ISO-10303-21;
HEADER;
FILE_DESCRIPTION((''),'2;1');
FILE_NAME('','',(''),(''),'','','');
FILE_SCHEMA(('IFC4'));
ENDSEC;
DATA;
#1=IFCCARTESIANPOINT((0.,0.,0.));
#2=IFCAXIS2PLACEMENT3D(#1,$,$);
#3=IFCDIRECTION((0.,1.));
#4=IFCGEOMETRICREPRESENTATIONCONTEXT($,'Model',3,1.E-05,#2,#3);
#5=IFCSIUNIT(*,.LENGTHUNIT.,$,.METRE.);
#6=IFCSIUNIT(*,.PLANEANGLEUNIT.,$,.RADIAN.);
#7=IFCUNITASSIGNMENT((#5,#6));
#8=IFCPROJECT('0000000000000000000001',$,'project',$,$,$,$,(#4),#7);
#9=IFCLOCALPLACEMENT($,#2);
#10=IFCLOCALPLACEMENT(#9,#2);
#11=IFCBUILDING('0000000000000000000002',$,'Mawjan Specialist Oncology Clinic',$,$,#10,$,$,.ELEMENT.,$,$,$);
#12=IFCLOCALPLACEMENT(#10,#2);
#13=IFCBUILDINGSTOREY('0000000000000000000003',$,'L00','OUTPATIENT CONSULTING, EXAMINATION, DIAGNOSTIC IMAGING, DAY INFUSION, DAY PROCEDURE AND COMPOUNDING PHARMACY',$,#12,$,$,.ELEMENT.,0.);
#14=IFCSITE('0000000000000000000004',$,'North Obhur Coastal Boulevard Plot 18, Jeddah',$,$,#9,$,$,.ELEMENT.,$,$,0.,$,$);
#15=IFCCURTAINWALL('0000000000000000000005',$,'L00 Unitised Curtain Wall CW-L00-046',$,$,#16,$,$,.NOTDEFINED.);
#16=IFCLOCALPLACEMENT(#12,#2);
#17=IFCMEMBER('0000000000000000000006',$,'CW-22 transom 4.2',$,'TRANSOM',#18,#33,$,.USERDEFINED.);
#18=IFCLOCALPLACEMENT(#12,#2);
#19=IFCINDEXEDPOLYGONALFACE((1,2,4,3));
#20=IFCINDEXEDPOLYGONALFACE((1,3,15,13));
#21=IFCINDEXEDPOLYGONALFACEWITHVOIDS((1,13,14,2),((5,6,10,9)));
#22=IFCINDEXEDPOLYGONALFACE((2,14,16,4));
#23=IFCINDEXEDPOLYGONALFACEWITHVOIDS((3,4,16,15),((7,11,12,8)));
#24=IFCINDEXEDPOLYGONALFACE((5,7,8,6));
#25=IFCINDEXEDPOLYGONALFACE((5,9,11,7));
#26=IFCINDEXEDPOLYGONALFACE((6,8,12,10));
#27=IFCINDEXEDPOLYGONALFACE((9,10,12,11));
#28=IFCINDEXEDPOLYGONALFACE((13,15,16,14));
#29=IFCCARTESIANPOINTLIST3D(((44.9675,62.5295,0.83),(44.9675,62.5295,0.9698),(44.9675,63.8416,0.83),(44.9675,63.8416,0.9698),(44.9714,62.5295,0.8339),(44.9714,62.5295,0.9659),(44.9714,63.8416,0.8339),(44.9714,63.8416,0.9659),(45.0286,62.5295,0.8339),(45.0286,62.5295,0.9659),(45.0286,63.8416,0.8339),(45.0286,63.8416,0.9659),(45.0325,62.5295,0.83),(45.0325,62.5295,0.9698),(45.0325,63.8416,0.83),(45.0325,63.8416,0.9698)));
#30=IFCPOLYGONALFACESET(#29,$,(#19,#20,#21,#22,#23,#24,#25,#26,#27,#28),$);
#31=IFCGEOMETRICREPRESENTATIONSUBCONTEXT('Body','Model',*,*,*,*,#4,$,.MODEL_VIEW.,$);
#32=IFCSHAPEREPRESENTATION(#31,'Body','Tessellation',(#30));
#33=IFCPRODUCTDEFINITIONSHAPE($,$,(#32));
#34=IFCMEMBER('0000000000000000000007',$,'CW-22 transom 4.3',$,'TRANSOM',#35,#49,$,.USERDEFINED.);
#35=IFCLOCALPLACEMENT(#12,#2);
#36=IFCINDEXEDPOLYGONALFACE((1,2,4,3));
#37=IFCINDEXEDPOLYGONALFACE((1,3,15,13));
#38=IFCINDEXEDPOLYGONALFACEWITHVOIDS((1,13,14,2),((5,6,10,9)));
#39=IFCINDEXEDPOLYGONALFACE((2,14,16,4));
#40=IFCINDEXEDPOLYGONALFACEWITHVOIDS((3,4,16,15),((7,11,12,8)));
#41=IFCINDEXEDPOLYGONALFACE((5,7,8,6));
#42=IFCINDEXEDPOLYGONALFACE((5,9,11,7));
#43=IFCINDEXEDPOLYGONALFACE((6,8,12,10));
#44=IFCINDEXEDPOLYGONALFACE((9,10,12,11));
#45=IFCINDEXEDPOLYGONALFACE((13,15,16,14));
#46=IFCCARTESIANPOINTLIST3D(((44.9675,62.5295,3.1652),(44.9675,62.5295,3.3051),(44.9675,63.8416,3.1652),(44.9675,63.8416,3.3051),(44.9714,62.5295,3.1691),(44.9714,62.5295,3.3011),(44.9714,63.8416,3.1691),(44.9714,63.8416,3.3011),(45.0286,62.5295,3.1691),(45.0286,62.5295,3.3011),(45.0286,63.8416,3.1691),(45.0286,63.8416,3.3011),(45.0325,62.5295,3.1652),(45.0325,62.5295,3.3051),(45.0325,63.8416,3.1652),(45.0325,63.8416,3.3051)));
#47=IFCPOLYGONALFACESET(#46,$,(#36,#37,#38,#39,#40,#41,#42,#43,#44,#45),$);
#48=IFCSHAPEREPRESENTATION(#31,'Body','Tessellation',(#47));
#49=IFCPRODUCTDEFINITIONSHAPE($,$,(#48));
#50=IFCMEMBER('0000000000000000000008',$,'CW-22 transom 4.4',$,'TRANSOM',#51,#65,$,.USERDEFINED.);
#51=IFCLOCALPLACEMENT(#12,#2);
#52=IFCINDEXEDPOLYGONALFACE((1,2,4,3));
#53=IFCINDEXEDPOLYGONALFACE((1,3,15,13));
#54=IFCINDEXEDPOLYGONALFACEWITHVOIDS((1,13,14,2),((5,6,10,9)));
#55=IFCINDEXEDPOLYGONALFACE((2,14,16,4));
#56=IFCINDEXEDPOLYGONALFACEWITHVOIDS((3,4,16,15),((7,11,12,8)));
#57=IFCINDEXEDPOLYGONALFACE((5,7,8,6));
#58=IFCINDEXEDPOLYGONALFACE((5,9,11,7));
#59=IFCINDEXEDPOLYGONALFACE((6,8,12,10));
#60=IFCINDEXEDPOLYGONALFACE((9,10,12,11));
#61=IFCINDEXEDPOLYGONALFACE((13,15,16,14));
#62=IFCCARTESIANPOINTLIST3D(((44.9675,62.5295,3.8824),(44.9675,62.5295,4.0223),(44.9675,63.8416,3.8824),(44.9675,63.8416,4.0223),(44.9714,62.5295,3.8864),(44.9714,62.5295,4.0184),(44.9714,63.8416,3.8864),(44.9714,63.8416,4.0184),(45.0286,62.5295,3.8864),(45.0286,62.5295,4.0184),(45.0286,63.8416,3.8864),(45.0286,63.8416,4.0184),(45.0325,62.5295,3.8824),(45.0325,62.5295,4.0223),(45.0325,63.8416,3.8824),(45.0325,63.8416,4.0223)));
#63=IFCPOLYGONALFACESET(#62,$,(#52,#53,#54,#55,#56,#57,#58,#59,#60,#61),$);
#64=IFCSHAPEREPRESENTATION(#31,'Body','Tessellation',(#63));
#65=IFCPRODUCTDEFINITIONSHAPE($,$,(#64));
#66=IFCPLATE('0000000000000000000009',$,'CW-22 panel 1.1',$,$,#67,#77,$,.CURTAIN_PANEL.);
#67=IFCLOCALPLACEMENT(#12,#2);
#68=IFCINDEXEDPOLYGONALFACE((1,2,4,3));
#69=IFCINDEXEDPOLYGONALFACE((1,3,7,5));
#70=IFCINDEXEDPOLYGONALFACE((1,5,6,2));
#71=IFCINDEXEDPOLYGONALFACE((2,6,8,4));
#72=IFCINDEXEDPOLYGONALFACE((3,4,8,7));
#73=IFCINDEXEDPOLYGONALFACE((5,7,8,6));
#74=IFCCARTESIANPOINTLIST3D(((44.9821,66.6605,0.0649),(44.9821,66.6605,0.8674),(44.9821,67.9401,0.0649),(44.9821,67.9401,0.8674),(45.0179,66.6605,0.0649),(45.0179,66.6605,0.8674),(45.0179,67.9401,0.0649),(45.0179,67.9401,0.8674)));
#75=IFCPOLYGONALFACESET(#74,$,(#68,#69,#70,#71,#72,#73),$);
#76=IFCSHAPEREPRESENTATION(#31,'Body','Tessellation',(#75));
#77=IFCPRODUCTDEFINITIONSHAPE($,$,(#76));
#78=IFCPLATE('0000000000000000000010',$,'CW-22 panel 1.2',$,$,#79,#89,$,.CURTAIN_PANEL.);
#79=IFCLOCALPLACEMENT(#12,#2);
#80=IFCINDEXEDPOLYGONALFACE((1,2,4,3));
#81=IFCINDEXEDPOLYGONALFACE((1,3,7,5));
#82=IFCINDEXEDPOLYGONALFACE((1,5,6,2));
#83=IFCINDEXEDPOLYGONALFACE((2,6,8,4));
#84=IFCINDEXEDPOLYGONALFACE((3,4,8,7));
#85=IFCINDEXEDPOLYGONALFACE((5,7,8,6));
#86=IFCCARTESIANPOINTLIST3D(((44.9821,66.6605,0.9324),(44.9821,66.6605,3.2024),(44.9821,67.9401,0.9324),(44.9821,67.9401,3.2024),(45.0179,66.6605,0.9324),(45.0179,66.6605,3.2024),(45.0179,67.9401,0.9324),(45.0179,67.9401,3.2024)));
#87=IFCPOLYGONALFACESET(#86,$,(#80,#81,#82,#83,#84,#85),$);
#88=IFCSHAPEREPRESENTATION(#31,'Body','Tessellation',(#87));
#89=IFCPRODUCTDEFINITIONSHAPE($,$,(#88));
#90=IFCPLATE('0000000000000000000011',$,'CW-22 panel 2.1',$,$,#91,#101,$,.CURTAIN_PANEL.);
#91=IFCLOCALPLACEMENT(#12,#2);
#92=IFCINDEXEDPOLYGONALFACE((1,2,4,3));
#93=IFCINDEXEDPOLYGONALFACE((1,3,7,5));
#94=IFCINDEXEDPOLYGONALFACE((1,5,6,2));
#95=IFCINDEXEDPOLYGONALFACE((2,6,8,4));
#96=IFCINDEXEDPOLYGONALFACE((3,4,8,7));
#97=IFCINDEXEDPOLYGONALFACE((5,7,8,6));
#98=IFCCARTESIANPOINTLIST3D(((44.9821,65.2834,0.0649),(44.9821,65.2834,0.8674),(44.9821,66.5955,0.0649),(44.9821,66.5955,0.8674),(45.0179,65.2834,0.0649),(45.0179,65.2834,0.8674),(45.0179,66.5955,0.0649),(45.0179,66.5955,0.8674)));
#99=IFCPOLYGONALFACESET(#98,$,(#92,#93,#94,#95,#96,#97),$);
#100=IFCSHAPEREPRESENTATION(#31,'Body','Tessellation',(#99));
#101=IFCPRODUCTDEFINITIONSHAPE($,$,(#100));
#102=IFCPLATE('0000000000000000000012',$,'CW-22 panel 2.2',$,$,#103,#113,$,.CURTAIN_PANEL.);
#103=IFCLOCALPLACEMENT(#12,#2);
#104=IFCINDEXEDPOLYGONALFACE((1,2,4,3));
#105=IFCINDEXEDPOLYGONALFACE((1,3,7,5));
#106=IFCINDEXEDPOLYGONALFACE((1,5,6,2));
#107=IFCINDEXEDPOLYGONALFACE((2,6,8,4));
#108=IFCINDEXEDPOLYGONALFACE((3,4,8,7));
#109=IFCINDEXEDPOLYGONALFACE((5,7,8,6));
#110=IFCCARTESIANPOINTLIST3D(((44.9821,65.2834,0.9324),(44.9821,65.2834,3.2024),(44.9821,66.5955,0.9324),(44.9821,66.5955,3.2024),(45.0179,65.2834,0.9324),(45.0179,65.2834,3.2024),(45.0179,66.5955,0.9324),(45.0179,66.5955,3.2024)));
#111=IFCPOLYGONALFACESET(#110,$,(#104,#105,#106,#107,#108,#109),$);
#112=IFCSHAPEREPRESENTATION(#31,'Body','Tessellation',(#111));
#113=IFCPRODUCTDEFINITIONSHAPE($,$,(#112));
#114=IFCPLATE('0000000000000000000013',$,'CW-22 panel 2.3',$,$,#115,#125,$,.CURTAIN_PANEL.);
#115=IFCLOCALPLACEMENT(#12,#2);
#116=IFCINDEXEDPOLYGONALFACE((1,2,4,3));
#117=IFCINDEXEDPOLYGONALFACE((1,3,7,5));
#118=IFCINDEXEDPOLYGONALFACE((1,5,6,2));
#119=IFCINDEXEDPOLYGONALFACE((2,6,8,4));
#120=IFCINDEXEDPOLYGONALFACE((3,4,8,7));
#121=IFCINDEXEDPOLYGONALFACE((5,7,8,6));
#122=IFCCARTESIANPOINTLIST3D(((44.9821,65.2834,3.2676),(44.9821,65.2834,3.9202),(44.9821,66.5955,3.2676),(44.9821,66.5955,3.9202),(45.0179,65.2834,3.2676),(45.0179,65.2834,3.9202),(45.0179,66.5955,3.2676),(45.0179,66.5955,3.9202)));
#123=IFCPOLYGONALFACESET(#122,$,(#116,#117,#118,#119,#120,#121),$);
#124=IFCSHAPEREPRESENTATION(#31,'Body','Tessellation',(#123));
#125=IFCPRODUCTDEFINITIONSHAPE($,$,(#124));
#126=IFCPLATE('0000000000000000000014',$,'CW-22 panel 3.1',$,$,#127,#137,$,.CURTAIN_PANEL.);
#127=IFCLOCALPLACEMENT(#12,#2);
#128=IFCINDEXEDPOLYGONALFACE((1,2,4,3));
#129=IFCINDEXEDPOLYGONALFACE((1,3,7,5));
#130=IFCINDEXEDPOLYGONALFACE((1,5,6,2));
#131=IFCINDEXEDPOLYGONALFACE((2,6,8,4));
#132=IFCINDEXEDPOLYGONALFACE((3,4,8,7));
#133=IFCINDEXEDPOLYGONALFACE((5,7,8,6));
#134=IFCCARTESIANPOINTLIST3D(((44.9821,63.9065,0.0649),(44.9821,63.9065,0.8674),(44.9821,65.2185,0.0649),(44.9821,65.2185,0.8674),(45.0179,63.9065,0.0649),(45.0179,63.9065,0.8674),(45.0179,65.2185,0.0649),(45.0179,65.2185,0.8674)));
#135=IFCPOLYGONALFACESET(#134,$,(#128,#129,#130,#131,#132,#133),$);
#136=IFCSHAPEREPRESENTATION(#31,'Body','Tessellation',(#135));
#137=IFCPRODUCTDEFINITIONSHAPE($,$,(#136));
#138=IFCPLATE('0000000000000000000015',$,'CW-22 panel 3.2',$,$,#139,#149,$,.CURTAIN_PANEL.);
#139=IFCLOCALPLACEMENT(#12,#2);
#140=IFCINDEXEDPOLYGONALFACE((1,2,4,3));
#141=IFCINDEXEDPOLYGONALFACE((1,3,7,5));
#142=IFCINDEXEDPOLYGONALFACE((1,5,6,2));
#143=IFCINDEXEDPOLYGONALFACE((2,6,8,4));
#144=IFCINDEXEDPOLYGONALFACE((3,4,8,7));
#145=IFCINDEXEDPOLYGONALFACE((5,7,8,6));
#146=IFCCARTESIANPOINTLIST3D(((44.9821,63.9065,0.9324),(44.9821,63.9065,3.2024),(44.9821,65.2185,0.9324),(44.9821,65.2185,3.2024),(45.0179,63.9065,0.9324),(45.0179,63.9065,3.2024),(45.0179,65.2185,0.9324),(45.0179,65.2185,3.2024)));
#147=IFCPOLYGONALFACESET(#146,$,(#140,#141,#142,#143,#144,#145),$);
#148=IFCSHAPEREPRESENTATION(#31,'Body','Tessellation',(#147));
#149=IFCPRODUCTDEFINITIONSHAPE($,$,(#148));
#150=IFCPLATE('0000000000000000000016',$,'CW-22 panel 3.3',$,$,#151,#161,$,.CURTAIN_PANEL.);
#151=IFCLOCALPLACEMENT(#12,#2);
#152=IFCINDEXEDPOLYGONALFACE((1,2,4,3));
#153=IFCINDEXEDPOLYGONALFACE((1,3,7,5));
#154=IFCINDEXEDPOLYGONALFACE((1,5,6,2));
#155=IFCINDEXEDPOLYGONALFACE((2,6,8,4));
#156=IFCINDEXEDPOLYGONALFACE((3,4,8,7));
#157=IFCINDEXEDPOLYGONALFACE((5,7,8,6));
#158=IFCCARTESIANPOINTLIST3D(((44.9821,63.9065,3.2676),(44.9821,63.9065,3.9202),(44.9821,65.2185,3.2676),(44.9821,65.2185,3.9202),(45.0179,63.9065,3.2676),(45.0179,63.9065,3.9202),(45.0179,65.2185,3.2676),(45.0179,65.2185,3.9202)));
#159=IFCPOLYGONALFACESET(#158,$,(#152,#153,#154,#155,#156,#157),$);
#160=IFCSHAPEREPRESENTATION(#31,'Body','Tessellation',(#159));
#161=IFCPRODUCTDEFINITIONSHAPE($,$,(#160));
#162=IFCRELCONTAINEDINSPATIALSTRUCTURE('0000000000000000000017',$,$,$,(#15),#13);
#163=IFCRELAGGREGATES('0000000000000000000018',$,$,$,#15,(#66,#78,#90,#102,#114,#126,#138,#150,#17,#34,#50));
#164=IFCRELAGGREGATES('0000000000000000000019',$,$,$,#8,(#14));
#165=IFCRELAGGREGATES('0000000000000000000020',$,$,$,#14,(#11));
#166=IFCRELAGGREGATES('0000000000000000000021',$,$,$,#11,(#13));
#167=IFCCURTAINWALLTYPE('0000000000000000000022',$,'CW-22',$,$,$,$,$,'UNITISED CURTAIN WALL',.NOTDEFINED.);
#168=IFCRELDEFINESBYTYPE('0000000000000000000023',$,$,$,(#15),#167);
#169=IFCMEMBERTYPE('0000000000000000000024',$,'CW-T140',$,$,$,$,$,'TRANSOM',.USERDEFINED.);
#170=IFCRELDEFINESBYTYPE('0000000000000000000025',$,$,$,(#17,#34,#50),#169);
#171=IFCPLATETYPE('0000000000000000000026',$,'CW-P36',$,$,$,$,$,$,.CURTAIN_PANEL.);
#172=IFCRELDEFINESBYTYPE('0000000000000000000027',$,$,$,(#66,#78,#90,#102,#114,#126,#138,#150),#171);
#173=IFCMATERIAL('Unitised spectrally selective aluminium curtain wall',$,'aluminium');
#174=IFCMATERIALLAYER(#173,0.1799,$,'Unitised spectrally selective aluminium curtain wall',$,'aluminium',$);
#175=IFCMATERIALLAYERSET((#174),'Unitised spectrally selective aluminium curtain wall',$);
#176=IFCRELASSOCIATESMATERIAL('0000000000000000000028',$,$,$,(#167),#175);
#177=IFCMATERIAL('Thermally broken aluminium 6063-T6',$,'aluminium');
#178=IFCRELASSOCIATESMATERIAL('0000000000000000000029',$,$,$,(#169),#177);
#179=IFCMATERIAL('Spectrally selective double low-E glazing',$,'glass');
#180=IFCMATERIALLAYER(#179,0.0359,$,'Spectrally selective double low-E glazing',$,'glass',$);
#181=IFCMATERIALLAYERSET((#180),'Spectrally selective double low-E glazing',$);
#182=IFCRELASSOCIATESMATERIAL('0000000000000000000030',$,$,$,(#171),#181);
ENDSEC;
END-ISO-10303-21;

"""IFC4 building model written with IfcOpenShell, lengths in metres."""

from ifc_helpers import new_model, si_unit, direction, frame, origin, origin_2d, place, context, subcontext, project, spatial, rectangle, hollow_rectangle, extrude, material, layer, layer_set, material_profile, profile_set, type_object, element, aggregate, save


model = new_model("IFC4")

# Units and contexts
model_context = context("Model", 3, precision=1e-05, world=origin(), true_north=direction((0.0, 1.0)))
body_context = subcontext(model_context, "Body", "Model", "MODEL_VIEW")
ifc_project = project(units=[si_unit("LENGTHUNIT", "METRE"), si_unit("PLANEANGLEUNIT", "RADIAN")], contexts=[model_context])

# Site, building, storey
site_placement = place(None, origin())
site = spatial("IfcSite", under=ifc_project, at=site_placement, Name="North Obhur Coastal Boulevard Plot 18, Jeddah", CompositionType="ELEMENT", RefElevation=0.0)
building_placement = place(site_placement, origin())
building = spatial("IfcBuilding", under=site, at=building_placement, Name="Mawjan Specialist Oncology Clinic", CompositionType="ELEMENT")
storey_placement = place(building_placement, origin())
storey = spatial("IfcBuildingStorey", under=building, at=storey_placement, Name="L00", Description="OUTPATIENT CONSULTING, EXAMINATION, DIAGNOSTIC IMAGING, DAY INFUSION, DAY PROCEDURE AND COMPOUNDING PHARMACY", CompositionType="ELEMENT", Elevation=0.0)

# Curtain wall, members, plates
ifc_material_1 = material(Name="Unitised spectrally selective aluminium curtain wall", Category="aluminium")
ifc_layer_1 = layer(ifc_material_1, 0.1799, Name="Unitised spectrally selective aluminium curtain wall", Category="aluminium")
ifc_layer_set_1 = layer_set([ifc_layer_1], Name="Unitised spectrally selective aluminium curtain wall")
curtain_wall_type = type_object("IfcCurtainWallType", Name="CW-22", ElementType="UNITISED CURTAIN WALL", PredefinedType="NOTDEFINED", material=ifc_layer_set_1)
curtain_wall_placement = place(storey_placement, origin())
curtain_wall = element("IfcCurtainWall", 1, at=curtain_wall_placement, inside=storey, type_object=curtain_wall_type, Name="L00 Unitised Curtain Wall CW-L00-046", PredefinedType="NOTDEFINED")
ifc_material_2 = material(Name="Thermally broken aluminium 6063-T6", Category="aluminium")
ifc_material_profile_1 = material_profile(ifc_material_2, hollow_rectangle(XDim=0.0649, YDim=0.1399, WallThickness=0.0039, at=origin_2d()), Name="ALU TRANSOM 140x65x4", Category="aluminium")
ifc_profile_set_1 = profile_set([ifc_material_profile_1], Name="Thermally broken aluminium 6063-T6")
member_type_1 = type_object("IfcMemberType", Name="CW-T140", ElementType="TRANSOM", PredefinedType="USERDEFINED", material=ifc_profile_set_1)
member_1_placement = place(storey_placement, frame((45.0, 63.8416, 0.8999), z_axis=(0.0, -1.0, 0.0), x_axis=(1.0, 0.0, 0.0)))
member_1 = element("IfcMember", 2, at=member_1_placement, type_object=member_type_1, Name="CW-22 transom 4.2", ObjectType="TRANSOM", PredefinedType="USERDEFINED", context=body_context, shape_type="SweptSolid", body=[
    extrude(hollow_rectangle(XDim=0.0649, YDim=0.1399, WallThickness=0.0039, at=origin_2d()), origin(), (0.0, 0.0, 1.0), 1.312),
])
member_2_placement = place(storey_placement, frame((45.0, 63.8416, 3.2351), z_axis=(0.0, -1.0, 0.0), x_axis=(1.0, 0.0, 0.0)))
member_2 = element("IfcMember", 3, at=member_2_placement, type_object=member_type_1, Name="CW-22 transom 4.3", ObjectType="TRANSOM", PredefinedType="USERDEFINED", context=body_context, shape_type="SweptSolid", body=[
    extrude(hollow_rectangle(XDim=0.0649, YDim=0.1399, WallThickness=0.0039, at=origin_2d()), origin(), (0.0, 0.0, 1.0), 1.312),
])
member_3_placement = place(storey_placement, frame((45.0, 63.8416, 3.9524), z_axis=(0.0, -1.0, 0.0), x_axis=(1.0, 0.0, 0.0)))
member_3 = element("IfcMember", 4, at=member_3_placement, type_object=member_type_1, Name="CW-22 transom 4.4", ObjectType="TRANSOM", PredefinedType="USERDEFINED", context=body_context, shape_type="SweptSolid", body=[
    extrude(hollow_rectangle(XDim=0.0649, YDim=0.1399, WallThickness=0.0039, at=origin_2d()), origin(), (0.0, 0.0, 1.0), 1.312),
])
ifc_material_3 = material(Name="Spectrally selective double low-E glazing", Category="glass")
ifc_layer_2 = layer(ifc_material_3, 0.0359, Name="Spectrally selective double low-E glazing", Category="glass")
ifc_layer_set_2 = layer_set([ifc_layer_2], Name="Spectrally selective double low-E glazing")
plate_type = type_object("IfcPlateType", Name="CW-P36", PredefinedType="CURTAIN_PANEL", material=ifc_layer_set_2)
plate_1_placement = place(storey_placement, frame((45.0, 67.3003, 0.0649), z_axis=(0.0, 0.0, 1.0), x_axis=(0.0, -1.0, 0.0)))
plate_1 = element("IfcPlate", 5, at=plate_1_placement, type_object=plate_type, Name="CW-22 panel 1.1", PredefinedType="CURTAIN_PANEL", context=body_context, shape_type="SweptSolid", body=[
    extrude(rectangle(XDim=1.2795, YDim=0.0359, at=origin_2d()), origin(), (0.0, 0.0, 1.0), 0.8025),
])
plate_2_placement = place(storey_placement, frame((45.0, 67.3003, 0.9324), z_axis=(0.0, 0.0, 1.0), x_axis=(0.0, -1.0, 0.0)))
plate_2 = element("IfcPlate", 6, at=plate_2_placement, type_object=plate_type, Name="CW-22 panel 1.2", PredefinedType="CURTAIN_PANEL", context=body_context, shape_type="SweptSolid", body=[
    extrude(rectangle(XDim=1.2795, YDim=0.0359, at=origin_2d()), origin(), (0.0, 0.0, 1.0), 2.27),
])
plate_3_placement = place(storey_placement, frame((45.0, 65.9395, 0.0649), z_axis=(0.0, 0.0, 1.0), x_axis=(0.0, -1.0, 0.0)))
plate_3 = element("IfcPlate", 7, at=plate_3_placement, type_object=plate_type, Name="CW-22 panel 2.1", PredefinedType="CURTAIN_PANEL", context=body_context, shape_type="SweptSolid", body=[
    extrude(rectangle(XDim=1.312, YDim=0.0359, at=origin_2d()), origin(), (0.0, 0.0, 1.0), 0.8025),
])
plate_4_placement = place(storey_placement, frame((45.0, 65.9395, 0.9324), z_axis=(0.0, 0.0, 1.0), x_axis=(0.0, -1.0, 0.0)))
plate_4 = element("IfcPlate", 8, at=plate_4_placement, type_object=plate_type, Name="CW-22 panel 2.2", PredefinedType="CURTAIN_PANEL", context=body_context, shape_type="SweptSolid", body=[
    extrude(rectangle(XDim=1.312, YDim=0.0359, at=origin_2d()), origin(), (0.0, 0.0, 1.0), 2.27),
])
plate_5_placement = place(storey_placement, frame((45.0, 65.9395, 3.2676), z_axis=(0.0, 0.0, 1.0), x_axis=(0.0, -1.0, 0.0)))
plate_5 = element("IfcPlate", 9, at=plate_5_placement, type_object=plate_type, Name="CW-22 panel 2.3", PredefinedType="CURTAIN_PANEL", context=body_context, shape_type="SweptSolid", body=[
    extrude(rectangle(XDim=1.312, YDim=0.0359, at=origin_2d()), origin(), (0.0, 0.0, 1.0), 0.6526),
])
plate_6_placement = place(storey_placement, frame((45.0, 64.5625, 0.0649), z_axis=(0.0, 0.0, 1.0), x_axis=(0.0, -1.0, 0.0)))
plate_6 = element("IfcPlate", 10, at=plate_6_placement, type_object=plate_type, Name="CW-22 panel 3.1", PredefinedType="CURTAIN_PANEL", context=body_context, shape_type="SweptSolid", body=[
    extrude(rectangle(XDim=1.312, YDim=0.0359, at=origin_2d()), origin(), (0.0, 0.0, 1.0), 0.8025),
])
plate_7_placement = place(storey_placement, frame((45.0, 64.5625, 0.9324), z_axis=(0.0, 0.0, 1.0), x_axis=(0.0, -1.0, 0.0)))
plate_7 = element("IfcPlate", 11, at=plate_7_placement, type_object=plate_type, Name="CW-22 panel 3.2", PredefinedType="CURTAIN_PANEL", context=body_context, shape_type="SweptSolid", body=[
    extrude(rectangle(XDim=1.312, YDim=0.0359, at=origin_2d()), origin(), (0.0, 0.0, 1.0), 2.27),
])
plate_8_placement = place(storey_placement, frame((45.0, 64.5625, 3.2676), z_axis=(0.0, 0.0, 1.0), x_axis=(0.0, -1.0, 0.0)))
plate_8 = element("IfcPlate", 12, at=plate_8_placement, type_object=plate_type, Name="CW-22 panel 3.3", PredefinedType="CURTAIN_PANEL", context=body_context, shape_type="SweptSolid", body=[
    extrude(rectangle(XDim=1.312, YDim=0.0359, at=origin_2d()), origin(), (0.0, 0.0, 1.0), 0.6526),
])
aggregate(curtain_wall, [plate_1, plate_2, plate_3, plate_4, plate_5, plate_6, plate_7, plate_8, member_1, member_2, member_3])

save(model, "model.ifc")
